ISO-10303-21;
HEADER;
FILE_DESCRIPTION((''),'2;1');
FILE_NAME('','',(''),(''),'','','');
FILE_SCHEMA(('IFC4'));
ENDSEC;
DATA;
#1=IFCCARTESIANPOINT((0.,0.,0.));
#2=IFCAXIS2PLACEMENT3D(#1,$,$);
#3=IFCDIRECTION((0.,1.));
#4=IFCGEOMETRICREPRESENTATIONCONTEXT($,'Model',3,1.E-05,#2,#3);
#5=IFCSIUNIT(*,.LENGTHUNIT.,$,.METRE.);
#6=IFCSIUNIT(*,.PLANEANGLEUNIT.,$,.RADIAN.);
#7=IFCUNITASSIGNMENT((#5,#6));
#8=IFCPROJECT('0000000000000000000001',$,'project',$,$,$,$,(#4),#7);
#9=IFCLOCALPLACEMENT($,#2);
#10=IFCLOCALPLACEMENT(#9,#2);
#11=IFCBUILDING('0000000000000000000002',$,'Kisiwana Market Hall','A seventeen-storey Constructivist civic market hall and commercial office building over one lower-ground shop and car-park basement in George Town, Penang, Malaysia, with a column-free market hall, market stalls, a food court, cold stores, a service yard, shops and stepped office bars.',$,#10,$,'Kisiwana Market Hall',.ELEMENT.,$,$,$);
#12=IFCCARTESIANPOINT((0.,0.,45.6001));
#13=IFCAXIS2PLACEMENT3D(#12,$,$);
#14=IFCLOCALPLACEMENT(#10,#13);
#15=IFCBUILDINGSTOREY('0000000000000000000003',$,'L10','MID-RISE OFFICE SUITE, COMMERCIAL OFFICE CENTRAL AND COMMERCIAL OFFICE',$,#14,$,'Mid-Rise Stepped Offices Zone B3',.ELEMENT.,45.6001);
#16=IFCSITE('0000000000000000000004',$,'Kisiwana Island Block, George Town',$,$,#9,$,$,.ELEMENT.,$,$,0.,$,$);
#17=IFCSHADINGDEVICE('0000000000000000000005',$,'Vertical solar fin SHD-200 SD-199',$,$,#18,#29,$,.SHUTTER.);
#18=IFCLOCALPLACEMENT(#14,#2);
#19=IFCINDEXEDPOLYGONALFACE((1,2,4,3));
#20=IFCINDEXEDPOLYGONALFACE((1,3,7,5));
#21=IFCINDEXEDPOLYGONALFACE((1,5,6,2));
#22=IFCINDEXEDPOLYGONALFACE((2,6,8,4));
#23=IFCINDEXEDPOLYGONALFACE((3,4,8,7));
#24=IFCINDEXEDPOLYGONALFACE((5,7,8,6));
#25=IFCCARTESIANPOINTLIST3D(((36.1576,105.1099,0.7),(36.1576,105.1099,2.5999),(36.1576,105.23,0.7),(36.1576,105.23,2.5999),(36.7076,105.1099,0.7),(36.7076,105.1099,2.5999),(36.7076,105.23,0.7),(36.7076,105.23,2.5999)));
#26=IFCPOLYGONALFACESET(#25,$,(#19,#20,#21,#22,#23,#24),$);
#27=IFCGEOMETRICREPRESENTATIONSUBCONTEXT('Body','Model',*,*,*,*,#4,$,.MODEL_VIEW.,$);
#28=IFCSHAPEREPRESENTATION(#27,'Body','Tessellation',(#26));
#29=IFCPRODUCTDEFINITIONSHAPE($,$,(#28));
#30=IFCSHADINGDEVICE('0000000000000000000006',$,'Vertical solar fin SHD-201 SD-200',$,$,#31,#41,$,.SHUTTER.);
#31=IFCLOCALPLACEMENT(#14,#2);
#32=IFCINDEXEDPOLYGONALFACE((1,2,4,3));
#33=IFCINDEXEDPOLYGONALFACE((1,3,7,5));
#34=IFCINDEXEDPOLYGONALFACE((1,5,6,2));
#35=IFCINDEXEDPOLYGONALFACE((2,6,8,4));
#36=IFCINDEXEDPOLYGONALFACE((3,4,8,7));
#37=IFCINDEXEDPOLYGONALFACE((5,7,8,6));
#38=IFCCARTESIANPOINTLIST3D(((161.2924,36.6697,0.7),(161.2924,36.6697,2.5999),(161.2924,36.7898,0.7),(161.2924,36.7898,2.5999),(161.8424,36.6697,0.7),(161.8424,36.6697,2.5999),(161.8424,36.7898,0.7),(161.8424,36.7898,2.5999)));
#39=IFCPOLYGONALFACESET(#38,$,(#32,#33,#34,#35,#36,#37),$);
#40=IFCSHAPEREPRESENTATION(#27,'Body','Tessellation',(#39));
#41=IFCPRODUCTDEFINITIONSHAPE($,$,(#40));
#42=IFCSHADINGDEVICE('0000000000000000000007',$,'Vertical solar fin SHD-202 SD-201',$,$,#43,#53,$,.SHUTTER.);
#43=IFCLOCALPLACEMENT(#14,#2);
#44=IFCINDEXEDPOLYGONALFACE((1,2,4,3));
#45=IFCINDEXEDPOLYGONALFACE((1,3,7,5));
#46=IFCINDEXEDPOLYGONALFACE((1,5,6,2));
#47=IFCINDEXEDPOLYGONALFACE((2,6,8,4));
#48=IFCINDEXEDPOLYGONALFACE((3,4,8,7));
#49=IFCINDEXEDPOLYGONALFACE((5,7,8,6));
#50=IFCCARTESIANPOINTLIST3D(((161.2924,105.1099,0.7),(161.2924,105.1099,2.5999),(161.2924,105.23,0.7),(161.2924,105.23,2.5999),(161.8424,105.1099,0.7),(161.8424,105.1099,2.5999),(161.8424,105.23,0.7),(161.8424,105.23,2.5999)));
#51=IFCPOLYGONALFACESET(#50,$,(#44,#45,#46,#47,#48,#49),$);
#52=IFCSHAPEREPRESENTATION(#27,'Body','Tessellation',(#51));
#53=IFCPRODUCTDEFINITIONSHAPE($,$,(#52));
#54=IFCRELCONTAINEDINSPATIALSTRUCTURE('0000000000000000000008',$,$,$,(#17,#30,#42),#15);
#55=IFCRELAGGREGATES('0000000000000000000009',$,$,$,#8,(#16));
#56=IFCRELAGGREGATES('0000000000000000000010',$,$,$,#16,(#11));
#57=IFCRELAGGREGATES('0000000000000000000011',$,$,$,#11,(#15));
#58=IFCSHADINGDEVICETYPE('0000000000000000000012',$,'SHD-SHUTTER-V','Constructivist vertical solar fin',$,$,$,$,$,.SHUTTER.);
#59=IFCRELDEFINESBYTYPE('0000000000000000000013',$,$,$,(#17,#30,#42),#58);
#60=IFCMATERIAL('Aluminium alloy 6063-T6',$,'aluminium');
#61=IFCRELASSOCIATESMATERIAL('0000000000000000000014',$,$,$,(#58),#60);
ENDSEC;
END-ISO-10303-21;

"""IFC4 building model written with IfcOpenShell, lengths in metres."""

from ifc_helpers import new_model, si_unit, direction, frame, origin, origin_2d, place, context, subcontext, project, spatial, rectangle, extrude, material, type_object, element, save


model = new_model("IFC4")

# Units and contexts
model_context = context("Model", 3, precision=1e-05, world=origin(), true_north=direction((0.0, 1.0)))
body_context = subcontext(model_context, "Body", "Model", "MODEL_VIEW")
ifc_project = project(units=[si_unit("LENGTHUNIT", "METRE"), si_unit("PLANEANGLEUNIT", "RADIAN")], contexts=[model_context])

# Site, building, storey
site_placement = place(None, origin())
site = spatial("IfcSite", under=ifc_project, at=site_placement, Name="Kisiwana Island Block, George Town", CompositionType="ELEMENT", RefElevation=0.0)
building_placement = place(site_placement, origin())
building = spatial("IfcBuilding", under=site, at=building_placement, Name="Kisiwana Market Hall", Description="A seventeen-storey Constructivist civic market hall and commercial office building over one lower-ground shop and car-park basement in George Town, Penang, Malaysia, with a column-free market hall, market stalls, a food court, cold stores, a service yard, shops and stepped office bars.", LongName="Kisiwana Market Hall", CompositionType="ELEMENT")
storey_placement = place(building_placement, frame((0.0, 0.0, 45.6001)))
storey = spatial("IfcBuildingStorey", under=building, at=storey_placement, Name="L10", Description="MID-RISE OFFICE SUITE, COMMERCIAL OFFICE CENTRAL AND COMMERCIAL OFFICE", LongName="Mid-Rise Stepped Offices Zone B3", CompositionType="ELEMENT", Elevation=45.6001)

# Shading devices
ifc_material_1 = material(Name="Aluminium alloy 6063-T6", Category="aluminium")
shading_device_type = type_object("IfcShadingDeviceType", Name="SHD-SHUTTER-V", Description="Constructivist vertical solar fin", PredefinedType="SHUTTER", material=ifc_material_1)
for number, where, z_axis, x_axis, name in (
    (1, (36.4326, 105.1699, 0.7), (0.0, 0.0, 1.0), (0.0, 1.0, 0.0), "Vertical solar fin SHD-200 SD-199"),
    (2, (161.5674, 36.7297, 0.7), (0.0, 0.0, 1.0), (0.0, 1.0, 0.0), "Vertical solar fin SHD-201 SD-200"),
    (3, (161.5674, 105.1699, 0.7), (0.0, 0.0, 1.0), (0.0, 1.0, 0.0), "Vertical solar fin SHD-202 SD-201"),
):
    element("IfcShadingDevice", number, at=place(storey_placement, frame(where, z_axis=z_axis, x_axis=x_axis)), inside=storey, type_object=shading_device_type, Name=name, PredefinedType="SHUTTER", context=body_context, shape_type="SweptSolid", body=[
        extrude(rectangle(XDim=0.1201, YDim=0.55, at=origin_2d()), origin(), (0.0, 0.0, 1.0), 1.8999),
    ])

save(model, "model.ifc")
